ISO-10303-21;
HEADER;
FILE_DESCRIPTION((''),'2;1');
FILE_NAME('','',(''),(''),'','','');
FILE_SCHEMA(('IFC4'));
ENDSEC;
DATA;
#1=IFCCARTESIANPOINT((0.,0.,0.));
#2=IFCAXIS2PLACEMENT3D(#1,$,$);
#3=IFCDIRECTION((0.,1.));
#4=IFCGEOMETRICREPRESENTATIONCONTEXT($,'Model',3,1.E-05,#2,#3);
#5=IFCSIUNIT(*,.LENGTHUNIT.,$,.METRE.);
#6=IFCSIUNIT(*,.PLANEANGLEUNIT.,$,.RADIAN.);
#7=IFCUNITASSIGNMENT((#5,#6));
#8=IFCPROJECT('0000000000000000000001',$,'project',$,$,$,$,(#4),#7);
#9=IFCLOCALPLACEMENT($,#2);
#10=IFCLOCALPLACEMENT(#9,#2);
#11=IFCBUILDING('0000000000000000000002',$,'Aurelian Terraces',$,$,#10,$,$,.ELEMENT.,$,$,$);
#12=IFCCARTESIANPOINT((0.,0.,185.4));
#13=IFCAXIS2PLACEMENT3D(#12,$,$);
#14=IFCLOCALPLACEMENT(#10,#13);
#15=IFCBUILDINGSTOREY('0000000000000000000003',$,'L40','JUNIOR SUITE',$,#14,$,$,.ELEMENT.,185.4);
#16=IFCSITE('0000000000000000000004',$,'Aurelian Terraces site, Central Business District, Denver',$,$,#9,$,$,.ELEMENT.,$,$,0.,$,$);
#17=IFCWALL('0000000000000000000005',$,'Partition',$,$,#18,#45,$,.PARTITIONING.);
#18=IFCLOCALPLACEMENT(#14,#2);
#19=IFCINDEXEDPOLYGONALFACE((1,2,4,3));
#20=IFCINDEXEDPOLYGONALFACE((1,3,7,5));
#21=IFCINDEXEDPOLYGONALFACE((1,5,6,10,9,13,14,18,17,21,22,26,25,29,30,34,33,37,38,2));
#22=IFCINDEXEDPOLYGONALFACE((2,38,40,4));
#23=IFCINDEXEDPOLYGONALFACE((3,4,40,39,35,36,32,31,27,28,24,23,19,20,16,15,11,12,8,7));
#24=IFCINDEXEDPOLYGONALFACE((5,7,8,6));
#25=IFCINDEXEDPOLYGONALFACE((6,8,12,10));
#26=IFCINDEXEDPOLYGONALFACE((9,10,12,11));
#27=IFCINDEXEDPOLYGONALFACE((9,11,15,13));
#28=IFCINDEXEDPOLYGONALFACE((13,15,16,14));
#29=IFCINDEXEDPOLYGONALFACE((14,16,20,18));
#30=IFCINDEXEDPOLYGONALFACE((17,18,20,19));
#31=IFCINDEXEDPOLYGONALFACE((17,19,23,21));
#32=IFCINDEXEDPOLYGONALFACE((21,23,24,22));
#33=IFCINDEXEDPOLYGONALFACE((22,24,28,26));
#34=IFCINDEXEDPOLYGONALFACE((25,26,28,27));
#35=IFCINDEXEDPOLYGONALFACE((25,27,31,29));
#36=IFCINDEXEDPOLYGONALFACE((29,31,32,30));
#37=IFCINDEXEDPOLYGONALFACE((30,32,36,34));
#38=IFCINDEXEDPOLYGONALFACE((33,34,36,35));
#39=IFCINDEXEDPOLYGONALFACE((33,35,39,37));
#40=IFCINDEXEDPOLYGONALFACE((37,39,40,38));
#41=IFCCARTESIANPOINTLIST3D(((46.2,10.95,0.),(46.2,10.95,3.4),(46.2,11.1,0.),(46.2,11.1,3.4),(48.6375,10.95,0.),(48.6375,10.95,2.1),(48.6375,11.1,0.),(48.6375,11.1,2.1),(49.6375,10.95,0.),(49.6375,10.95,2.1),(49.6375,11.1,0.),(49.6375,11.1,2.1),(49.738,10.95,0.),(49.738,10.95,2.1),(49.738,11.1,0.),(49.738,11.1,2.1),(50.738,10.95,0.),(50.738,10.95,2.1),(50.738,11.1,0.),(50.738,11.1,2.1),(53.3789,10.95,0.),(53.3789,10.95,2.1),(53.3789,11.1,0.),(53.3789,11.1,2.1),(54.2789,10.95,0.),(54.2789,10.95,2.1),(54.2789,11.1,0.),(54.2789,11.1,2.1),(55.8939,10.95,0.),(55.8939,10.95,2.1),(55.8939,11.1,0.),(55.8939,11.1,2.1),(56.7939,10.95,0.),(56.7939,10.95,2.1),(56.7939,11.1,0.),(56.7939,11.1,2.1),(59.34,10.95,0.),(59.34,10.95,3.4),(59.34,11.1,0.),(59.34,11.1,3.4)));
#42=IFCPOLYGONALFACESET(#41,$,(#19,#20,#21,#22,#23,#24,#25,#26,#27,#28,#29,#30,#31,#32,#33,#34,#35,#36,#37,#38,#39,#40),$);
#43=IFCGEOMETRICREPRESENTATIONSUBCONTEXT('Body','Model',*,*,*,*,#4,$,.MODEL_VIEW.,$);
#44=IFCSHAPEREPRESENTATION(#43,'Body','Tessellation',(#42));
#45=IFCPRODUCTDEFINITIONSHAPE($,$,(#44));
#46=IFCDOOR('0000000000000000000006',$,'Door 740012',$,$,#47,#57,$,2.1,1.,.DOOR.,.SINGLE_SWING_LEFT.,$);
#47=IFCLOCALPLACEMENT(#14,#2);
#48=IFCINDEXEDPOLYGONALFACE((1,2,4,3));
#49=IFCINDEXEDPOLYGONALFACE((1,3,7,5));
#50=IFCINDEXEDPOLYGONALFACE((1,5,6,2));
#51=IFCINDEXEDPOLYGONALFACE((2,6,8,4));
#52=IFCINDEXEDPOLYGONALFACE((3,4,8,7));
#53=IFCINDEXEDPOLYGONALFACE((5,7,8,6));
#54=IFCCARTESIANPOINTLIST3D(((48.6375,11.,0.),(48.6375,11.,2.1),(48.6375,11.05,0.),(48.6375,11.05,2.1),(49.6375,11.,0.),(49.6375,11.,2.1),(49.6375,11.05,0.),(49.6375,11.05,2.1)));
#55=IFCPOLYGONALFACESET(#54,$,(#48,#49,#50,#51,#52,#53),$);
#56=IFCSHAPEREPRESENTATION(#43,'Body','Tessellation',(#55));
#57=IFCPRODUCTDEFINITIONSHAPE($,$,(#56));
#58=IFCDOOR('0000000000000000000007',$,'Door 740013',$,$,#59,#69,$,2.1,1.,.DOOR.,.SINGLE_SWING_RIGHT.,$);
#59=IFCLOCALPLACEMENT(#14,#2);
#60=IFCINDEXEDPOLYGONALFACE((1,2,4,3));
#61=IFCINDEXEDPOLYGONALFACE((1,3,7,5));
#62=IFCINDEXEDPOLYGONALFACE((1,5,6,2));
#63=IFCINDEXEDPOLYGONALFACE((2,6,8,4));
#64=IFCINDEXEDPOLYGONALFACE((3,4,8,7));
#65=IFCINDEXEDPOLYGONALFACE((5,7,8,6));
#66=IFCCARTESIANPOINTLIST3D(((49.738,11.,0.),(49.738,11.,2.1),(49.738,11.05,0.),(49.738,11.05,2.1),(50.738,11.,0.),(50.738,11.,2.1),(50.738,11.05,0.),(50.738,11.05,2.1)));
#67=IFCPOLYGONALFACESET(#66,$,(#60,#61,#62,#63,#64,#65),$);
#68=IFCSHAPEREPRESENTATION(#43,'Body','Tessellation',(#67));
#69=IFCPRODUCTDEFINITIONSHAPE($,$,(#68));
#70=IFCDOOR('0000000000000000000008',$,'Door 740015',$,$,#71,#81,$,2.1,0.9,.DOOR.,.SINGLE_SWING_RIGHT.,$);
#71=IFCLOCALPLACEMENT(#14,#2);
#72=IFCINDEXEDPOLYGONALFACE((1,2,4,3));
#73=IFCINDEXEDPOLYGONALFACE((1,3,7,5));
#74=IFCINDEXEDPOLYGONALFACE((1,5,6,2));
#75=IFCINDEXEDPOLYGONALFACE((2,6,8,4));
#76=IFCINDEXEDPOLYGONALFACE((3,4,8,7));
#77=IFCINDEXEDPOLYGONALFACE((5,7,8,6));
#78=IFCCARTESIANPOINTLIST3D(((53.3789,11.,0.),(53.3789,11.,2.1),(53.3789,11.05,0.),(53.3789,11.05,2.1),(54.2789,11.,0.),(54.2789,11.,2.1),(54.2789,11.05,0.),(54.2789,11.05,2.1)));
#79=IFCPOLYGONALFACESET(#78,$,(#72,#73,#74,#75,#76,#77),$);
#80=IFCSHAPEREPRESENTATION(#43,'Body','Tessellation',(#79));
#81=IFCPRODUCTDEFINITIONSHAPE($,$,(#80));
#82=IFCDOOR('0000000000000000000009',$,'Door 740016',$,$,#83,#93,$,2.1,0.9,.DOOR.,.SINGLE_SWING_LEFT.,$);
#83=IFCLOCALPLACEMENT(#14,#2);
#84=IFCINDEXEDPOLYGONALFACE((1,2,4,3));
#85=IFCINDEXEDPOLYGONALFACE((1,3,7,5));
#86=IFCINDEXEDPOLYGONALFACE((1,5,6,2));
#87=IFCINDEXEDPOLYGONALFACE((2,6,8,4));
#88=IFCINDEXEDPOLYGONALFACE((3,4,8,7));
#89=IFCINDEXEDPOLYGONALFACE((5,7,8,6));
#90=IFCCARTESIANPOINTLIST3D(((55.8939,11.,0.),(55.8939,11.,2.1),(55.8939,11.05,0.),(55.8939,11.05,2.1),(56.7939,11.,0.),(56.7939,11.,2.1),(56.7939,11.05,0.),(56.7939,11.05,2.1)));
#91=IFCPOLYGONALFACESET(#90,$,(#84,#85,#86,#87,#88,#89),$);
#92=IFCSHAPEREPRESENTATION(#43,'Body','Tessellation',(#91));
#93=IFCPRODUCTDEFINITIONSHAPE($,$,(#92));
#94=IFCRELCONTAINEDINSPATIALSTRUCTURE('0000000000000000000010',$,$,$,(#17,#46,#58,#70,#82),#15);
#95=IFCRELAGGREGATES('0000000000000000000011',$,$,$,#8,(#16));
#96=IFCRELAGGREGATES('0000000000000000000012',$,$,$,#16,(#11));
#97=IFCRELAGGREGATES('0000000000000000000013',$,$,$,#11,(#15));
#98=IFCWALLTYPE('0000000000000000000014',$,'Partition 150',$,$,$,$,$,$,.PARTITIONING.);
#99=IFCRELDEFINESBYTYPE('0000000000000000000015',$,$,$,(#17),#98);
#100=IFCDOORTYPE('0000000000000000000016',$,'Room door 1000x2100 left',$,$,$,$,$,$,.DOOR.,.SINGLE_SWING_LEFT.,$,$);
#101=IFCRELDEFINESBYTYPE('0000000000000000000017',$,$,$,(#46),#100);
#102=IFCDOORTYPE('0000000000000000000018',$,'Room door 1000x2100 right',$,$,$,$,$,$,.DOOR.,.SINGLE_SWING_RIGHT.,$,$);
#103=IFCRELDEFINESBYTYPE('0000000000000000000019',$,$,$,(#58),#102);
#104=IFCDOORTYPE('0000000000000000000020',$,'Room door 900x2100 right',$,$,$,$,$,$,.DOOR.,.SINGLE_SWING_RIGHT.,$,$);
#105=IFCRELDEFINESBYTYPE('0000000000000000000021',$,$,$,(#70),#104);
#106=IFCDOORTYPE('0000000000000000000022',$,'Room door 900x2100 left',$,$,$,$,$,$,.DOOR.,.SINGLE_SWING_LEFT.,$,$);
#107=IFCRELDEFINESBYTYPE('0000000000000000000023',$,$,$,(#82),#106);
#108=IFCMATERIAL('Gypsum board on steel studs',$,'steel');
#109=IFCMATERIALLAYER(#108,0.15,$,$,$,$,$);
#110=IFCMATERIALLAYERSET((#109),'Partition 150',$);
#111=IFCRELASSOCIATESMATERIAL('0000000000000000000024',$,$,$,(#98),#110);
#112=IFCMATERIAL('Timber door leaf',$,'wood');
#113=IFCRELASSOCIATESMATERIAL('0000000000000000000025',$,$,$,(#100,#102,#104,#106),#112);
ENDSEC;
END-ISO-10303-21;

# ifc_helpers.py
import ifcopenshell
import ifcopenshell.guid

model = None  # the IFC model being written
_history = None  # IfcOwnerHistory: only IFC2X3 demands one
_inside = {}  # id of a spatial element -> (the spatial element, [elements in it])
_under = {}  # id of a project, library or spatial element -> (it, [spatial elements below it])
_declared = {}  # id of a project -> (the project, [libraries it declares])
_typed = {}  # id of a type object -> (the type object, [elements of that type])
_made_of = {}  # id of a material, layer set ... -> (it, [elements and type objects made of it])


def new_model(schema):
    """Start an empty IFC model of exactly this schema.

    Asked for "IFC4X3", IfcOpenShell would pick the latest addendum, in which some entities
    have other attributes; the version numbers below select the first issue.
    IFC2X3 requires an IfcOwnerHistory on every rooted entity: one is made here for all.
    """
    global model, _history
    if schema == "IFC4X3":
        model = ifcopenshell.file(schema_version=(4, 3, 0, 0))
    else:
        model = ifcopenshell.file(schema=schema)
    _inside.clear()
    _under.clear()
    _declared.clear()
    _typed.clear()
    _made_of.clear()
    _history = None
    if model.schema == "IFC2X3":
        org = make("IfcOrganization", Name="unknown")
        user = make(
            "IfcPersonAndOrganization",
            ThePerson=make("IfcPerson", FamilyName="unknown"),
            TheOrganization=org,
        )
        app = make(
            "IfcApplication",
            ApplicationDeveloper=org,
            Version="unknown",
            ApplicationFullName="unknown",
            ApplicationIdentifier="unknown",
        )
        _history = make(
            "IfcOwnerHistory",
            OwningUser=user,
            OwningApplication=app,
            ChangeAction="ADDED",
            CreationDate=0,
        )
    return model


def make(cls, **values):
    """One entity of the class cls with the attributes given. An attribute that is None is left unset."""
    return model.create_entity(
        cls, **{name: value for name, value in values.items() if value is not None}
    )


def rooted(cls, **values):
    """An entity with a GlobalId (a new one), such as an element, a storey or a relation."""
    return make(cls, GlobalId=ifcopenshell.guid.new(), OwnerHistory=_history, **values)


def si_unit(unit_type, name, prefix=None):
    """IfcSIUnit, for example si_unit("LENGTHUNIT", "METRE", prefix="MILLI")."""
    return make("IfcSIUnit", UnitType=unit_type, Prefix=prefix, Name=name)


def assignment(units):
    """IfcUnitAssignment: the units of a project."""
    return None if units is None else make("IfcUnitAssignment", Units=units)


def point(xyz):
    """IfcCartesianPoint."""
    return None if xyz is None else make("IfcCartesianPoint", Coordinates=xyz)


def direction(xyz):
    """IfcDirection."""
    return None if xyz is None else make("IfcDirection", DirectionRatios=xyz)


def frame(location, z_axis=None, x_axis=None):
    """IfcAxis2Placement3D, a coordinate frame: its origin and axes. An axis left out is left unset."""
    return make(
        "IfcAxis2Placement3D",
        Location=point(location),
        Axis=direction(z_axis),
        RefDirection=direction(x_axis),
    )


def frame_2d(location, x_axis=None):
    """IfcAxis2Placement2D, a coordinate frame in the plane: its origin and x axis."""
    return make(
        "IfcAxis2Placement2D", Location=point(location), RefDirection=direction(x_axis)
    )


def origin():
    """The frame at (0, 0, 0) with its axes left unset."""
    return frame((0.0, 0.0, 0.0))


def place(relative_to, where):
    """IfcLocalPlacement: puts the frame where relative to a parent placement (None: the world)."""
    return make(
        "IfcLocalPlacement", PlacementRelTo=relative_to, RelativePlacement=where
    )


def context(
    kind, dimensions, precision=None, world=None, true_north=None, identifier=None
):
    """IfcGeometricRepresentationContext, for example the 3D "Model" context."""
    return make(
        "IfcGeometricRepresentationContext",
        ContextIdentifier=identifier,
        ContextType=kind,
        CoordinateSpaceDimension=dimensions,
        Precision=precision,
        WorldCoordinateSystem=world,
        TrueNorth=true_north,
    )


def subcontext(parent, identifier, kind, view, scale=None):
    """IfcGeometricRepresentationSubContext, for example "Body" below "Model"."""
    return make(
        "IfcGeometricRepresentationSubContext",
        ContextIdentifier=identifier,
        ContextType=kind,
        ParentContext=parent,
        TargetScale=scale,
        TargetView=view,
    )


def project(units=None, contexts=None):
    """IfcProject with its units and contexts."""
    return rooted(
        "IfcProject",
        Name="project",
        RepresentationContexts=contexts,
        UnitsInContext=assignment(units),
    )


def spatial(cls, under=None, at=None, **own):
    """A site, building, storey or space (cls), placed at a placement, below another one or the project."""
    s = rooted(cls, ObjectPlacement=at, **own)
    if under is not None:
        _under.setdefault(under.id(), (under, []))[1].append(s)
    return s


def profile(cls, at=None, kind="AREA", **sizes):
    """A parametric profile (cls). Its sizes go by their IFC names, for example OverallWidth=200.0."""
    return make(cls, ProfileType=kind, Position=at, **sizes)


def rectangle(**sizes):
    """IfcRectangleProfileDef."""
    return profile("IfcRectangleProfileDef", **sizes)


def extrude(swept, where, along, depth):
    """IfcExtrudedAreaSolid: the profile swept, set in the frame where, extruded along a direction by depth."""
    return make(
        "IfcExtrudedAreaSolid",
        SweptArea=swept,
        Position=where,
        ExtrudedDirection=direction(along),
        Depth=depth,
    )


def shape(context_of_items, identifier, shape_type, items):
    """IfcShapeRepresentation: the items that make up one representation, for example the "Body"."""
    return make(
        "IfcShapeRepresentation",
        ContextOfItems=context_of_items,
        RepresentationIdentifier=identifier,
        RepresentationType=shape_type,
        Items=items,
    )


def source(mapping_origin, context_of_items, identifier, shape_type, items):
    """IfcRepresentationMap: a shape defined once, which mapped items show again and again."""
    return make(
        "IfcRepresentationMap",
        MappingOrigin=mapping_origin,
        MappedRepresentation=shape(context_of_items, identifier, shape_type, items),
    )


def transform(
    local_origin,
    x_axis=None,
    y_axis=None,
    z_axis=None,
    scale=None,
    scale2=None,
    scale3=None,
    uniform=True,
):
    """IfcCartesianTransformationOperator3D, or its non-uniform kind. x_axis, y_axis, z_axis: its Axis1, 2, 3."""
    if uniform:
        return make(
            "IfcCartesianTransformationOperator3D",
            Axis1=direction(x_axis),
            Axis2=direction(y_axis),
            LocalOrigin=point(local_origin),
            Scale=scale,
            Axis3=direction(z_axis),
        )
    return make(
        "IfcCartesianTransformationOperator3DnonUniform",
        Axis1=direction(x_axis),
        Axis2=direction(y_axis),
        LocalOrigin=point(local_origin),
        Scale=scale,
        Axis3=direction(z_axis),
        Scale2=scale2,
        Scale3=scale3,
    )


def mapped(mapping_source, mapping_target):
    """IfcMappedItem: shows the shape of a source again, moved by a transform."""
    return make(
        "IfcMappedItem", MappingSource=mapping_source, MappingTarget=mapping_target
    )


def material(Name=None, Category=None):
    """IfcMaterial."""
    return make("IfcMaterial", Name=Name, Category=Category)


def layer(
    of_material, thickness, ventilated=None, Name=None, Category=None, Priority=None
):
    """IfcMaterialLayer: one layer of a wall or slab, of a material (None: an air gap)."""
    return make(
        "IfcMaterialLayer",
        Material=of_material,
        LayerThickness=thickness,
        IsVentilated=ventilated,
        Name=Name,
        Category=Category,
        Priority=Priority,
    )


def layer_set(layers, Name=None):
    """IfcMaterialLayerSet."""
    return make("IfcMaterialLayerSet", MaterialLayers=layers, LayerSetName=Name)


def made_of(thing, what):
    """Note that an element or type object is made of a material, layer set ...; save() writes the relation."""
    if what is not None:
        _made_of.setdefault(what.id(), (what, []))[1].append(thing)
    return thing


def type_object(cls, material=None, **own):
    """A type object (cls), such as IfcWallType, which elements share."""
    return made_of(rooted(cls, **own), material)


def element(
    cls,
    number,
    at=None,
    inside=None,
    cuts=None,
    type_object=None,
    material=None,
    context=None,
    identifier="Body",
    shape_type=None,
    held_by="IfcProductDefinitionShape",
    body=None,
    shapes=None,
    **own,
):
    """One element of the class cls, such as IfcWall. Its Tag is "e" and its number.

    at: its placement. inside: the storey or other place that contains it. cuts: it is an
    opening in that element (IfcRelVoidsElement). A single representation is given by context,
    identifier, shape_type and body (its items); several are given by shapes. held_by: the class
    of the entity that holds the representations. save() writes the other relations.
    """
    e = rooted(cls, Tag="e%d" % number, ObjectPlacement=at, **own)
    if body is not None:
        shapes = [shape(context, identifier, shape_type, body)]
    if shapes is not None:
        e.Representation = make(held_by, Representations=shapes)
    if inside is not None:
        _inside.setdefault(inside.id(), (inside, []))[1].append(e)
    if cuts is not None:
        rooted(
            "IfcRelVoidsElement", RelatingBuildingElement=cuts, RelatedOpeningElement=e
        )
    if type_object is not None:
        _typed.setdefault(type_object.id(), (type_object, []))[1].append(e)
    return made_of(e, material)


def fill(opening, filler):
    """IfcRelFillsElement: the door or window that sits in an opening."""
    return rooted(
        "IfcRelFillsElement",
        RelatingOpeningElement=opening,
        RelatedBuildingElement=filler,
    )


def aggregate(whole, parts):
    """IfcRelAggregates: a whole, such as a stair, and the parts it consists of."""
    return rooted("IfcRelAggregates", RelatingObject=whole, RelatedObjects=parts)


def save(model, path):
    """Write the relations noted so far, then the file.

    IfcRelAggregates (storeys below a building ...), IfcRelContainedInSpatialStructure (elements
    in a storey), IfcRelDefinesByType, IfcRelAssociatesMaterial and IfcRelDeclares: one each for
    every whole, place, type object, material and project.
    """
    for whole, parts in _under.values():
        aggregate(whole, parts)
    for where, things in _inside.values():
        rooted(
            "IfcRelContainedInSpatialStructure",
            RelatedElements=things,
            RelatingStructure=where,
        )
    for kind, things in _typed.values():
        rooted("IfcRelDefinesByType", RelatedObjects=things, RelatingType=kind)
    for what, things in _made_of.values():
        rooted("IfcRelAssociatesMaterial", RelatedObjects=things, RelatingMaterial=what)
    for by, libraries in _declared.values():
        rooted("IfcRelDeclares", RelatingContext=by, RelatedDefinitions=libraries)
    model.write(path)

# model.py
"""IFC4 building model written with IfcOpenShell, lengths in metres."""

from ifc_helpers import new_model, si_unit, direction, frame, frame_2d, origin, place, context, subcontext, project, spatial, rectangle, extrude, source, transform, mapped, material, layer, layer_set, type_object, element, fill, save


model = new_model("IFC4")

# Units and contexts
model_context = context("Model", 3, precision=1e-05, world=origin(), true_north=direction((0.0, 1.0)))
body_context = subcontext(model_context, "Body", "Model", "MODEL_VIEW")
ifc_project = project(units=[si_unit("LENGTHUNIT", "METRE"), si_unit("PLANEANGLEUNIT", "RADIAN")], contexts=[model_context])

# Site, building, storey
site_placement = place(None, origin())
site = spatial("IfcSite", under=ifc_project, at=site_placement, Name="Aurelian Terraces site, Central Business District, Denver", CompositionType="ELEMENT", RefElevation=0.0)
building_placement = place(site_placement, origin())
building = spatial("IfcBuilding", under=site, at=building_placement, Name="Aurelian Terraces", CompositionType="ELEMENT")
storey_placement = place(building_placement, frame((0.0, 0.0, 185.4)))
storey = spatial("IfcBuildingStorey", under=building, at=storey_placement, Name="L40", Description="JUNIOR SUITE", CompositionType="ELEMENT", Elevation=185.4)

# Shared definitions
ifc_material_1 = material(Name="Gypsum board on steel studs", Category="steel")
ifc_layer_1 = layer(ifc_material_1, 0.15)
ifc_layer_set_1 = layer_set([ifc_layer_1], Name="Partition 150")
wall_type_1 = type_object("IfcWallType", Name="Partition 150", PredefinedType="PARTITIONING", material=ifc_layer_set_1)

# Wall, openings, doors
shared_shape_1 = source(origin(), body_context, "Body", "SweptSolid", [
    extrude(rectangle(XDim=13.14, YDim=0.15, at=frame_2d((6.57, 0.0))), origin(), (0.0, 0.0, 1.0), 3.4),
])
wall_1_placement = place(storey_placement, frame((59.34, 11.025, 0.0), z_axis=(0.0, 0.0, 1.0), x_axis=(-1.0, 0.0, 0.0)))
wall_1 = element("IfcWall", 1, at=wall_1_placement, inside=storey, type_object=wall_type_1, Name="Partition", PredefinedType="PARTITIONING", context=body_context, shape_type="MappedRepresentation", body=[
    mapped(shared_shape_1, transform((0.0, 0.0, 0.0), scale=1.0)),
])
shared_shape_2 = source(origin(), body_context, "Body", "SweptSolid", [
    extrude(rectangle(XDim=1.0, YDim=2.1, at=frame_2d((0.5, 1.05))), frame((0.0, 0.085, 0.0), z_axis=(0.0, -1.0, 0.0), x_axis=(1.0, 0.0, 0.0)), (0.0, 0.0, 1.0), 0.17),
])
opening_1_placement = place(wall_1_placement, frame((9.7025, 0.0, 0.0)))
opening_1 = element("IfcOpeningElement", 2, at=opening_1_placement, cuts=wall_1, PredefinedType="OPENING", context=body_context, shape_type="MappedRepresentation", body=[
    mapped(shared_shape_2, transform((0.0, 0.0, 0.0), scale=1.0)),
])
opening_2_placement = place(wall_1_placement, frame((8.602, 0.0, 0.0)))
opening_2 = element("IfcOpeningElement", 3, at=opening_2_placement, cuts=wall_1, PredefinedType="OPENING", context=body_context, shape_type="MappedRepresentation", body=[
    mapped(shared_shape_2, transform((0.0, 0.0, 0.0), scale=1.0)),
])
shared_shape_3 = source(origin(), body_context, "Body", "SweptSolid", [
    extrude(rectangle(XDim=0.9, YDim=2.1, at=frame_2d((0.45, 1.05))), frame((0.0, 0.085, 0.0), z_axis=(0.0, -1.0, 0.0), x_axis=(1.0, 0.0, 0.0)), (0.0, 0.0, 1.0), 0.17),
])
opening_3_placement = place(wall_1_placement, frame((5.0611, 0.0, 0.0)))
opening_3 = element("IfcOpeningElement", 4, at=opening_3_placement, cuts=wall_1, PredefinedType="OPENING", context=body_context, shape_type="MappedRepresentation", body=[
    mapped(shared_shape_3, transform((0.0, 0.0, 0.0), scale=1.0)),
])
opening_4_placement = place(wall_1_placement, frame((2.5461, 0.0, 0.0)))
opening_4 = element("IfcOpeningElement", 5, at=opening_4_placement, cuts=wall_1, PredefinedType="OPENING", context=body_context, shape_type="MappedRepresentation", body=[
    mapped(shared_shape_3, transform((0.0, 0.0, 0.0), scale=1.0)),
])
ifc_material_2 = material(Name="Timber door leaf", Category="wood")
door_type_1 = type_object("IfcDoorType", Name="Room door 1000x2100 left", OperationType="SINGLE_SWING_LEFT", PredefinedType="DOOR", material=ifc_material_2)
shared_shape_4 = source(origin(), body_context, "Body", "SweptSolid", [
    extrude(rectangle(XDim=1.0, YDim=2.1, at=frame_2d((0.5, 1.05))), frame((0.0, 0.025, 0.0), z_axis=(0.0, -1.0, 0.0), x_axis=(1.0, 0.0, 0.0)), (0.0, 0.0, 1.0), 0.05),
])
door_1_placement = place(opening_1_placement, origin())
door_1 = element("IfcDoor", 6, at=door_1_placement, inside=storey, type_object=door_type_1, Name="Door 740012", OperationType="SINGLE_SWING_LEFT", OverallHeight=2.1, OverallWidth=1.0, PredefinedType="DOOR", context=body_context, shape_type="MappedRepresentation", body=[
    mapped(shared_shape_4, transform((0.0, 0.0, 0.0), scale=1.0)),
])
fill(opening_1, door_1)
door_type_2 = type_object("IfcDoorType", Name="Room door 1000x2100 right", OperationType="SINGLE_SWING_RIGHT", PredefinedType="DOOR", material=ifc_material_2)
door_2_placement = place(opening_2_placement, origin())
door_2 = element("IfcDoor", 7, at=door_2_placement, inside=storey, type_object=door_type_2, Name="Door 740013", OperationType="SINGLE_SWING_RIGHT", OverallHeight=2.1, OverallWidth=1.0, PredefinedType="DOOR", context=body_context, shape_type="MappedRepresentation", body=[
    mapped(shared_shape_4, transform((0.0, 0.0, 0.0), scale=1.0)),
])
fill(opening_2, door_2)
door_type_3 = type_object("IfcDoorType", Name="Room door 900x2100 right", OperationType="SINGLE_SWING_RIGHT", PredefinedType="DOOR", material=ifc_material_2)
shared_shape_5 = source(origin(), body_context, "Body", "SweptSolid", [
    extrude(rectangle(XDim=0.9, YDim=2.1, at=frame_2d((0.45, 1.05))), frame((0.0, 0.025, 0.0), z_axis=(0.0, -1.0, 0.0), x_axis=(1.0, 0.0, 0.0)), (0.0, 0.0, 1.0), 0.05),
])
door_3_placement = place(opening_3_placement, origin())
door_3 = element("IfcDoor", 8, at=door_3_placement, inside=storey, type_object=door_type_3, Name="Door 740015", OperationType="SINGLE_SWING_RIGHT", OverallHeight=2.1, OverallWidth=0.9, PredefinedType="DOOR", context=body_context, shape_type="MappedRepresentation", body=[
    mapped(shared_shape_5, transform((0.0, 0.0, 0.0), scale=1.0)),
])
fill(opening_3, door_3)
door_type_4 = type_object("IfcDoorType", Name="Room door 900x2100 left", OperationType="SINGLE_SWING_LEFT", PredefinedType="DOOR", material=ifc_material_2)
door_4_placement = place(opening_4_placement, origin())
door_4 = element("IfcDoor", 9, at=door_4_placement, inside=storey, type_object=door_type_4, Name="Door 740016", OperationType="SINGLE_SWING_LEFT", OverallHeight=2.1, OverallWidth=0.9, PredefinedType="DOOR", context=body_context, shape_type="MappedRepresentation", body=[
    mapped(shared_shape_5, transform((0.0, 0.0, 0.0), scale=1.0)),
])
fill(opening_4, door_4)

save(model, "model.ifc")
